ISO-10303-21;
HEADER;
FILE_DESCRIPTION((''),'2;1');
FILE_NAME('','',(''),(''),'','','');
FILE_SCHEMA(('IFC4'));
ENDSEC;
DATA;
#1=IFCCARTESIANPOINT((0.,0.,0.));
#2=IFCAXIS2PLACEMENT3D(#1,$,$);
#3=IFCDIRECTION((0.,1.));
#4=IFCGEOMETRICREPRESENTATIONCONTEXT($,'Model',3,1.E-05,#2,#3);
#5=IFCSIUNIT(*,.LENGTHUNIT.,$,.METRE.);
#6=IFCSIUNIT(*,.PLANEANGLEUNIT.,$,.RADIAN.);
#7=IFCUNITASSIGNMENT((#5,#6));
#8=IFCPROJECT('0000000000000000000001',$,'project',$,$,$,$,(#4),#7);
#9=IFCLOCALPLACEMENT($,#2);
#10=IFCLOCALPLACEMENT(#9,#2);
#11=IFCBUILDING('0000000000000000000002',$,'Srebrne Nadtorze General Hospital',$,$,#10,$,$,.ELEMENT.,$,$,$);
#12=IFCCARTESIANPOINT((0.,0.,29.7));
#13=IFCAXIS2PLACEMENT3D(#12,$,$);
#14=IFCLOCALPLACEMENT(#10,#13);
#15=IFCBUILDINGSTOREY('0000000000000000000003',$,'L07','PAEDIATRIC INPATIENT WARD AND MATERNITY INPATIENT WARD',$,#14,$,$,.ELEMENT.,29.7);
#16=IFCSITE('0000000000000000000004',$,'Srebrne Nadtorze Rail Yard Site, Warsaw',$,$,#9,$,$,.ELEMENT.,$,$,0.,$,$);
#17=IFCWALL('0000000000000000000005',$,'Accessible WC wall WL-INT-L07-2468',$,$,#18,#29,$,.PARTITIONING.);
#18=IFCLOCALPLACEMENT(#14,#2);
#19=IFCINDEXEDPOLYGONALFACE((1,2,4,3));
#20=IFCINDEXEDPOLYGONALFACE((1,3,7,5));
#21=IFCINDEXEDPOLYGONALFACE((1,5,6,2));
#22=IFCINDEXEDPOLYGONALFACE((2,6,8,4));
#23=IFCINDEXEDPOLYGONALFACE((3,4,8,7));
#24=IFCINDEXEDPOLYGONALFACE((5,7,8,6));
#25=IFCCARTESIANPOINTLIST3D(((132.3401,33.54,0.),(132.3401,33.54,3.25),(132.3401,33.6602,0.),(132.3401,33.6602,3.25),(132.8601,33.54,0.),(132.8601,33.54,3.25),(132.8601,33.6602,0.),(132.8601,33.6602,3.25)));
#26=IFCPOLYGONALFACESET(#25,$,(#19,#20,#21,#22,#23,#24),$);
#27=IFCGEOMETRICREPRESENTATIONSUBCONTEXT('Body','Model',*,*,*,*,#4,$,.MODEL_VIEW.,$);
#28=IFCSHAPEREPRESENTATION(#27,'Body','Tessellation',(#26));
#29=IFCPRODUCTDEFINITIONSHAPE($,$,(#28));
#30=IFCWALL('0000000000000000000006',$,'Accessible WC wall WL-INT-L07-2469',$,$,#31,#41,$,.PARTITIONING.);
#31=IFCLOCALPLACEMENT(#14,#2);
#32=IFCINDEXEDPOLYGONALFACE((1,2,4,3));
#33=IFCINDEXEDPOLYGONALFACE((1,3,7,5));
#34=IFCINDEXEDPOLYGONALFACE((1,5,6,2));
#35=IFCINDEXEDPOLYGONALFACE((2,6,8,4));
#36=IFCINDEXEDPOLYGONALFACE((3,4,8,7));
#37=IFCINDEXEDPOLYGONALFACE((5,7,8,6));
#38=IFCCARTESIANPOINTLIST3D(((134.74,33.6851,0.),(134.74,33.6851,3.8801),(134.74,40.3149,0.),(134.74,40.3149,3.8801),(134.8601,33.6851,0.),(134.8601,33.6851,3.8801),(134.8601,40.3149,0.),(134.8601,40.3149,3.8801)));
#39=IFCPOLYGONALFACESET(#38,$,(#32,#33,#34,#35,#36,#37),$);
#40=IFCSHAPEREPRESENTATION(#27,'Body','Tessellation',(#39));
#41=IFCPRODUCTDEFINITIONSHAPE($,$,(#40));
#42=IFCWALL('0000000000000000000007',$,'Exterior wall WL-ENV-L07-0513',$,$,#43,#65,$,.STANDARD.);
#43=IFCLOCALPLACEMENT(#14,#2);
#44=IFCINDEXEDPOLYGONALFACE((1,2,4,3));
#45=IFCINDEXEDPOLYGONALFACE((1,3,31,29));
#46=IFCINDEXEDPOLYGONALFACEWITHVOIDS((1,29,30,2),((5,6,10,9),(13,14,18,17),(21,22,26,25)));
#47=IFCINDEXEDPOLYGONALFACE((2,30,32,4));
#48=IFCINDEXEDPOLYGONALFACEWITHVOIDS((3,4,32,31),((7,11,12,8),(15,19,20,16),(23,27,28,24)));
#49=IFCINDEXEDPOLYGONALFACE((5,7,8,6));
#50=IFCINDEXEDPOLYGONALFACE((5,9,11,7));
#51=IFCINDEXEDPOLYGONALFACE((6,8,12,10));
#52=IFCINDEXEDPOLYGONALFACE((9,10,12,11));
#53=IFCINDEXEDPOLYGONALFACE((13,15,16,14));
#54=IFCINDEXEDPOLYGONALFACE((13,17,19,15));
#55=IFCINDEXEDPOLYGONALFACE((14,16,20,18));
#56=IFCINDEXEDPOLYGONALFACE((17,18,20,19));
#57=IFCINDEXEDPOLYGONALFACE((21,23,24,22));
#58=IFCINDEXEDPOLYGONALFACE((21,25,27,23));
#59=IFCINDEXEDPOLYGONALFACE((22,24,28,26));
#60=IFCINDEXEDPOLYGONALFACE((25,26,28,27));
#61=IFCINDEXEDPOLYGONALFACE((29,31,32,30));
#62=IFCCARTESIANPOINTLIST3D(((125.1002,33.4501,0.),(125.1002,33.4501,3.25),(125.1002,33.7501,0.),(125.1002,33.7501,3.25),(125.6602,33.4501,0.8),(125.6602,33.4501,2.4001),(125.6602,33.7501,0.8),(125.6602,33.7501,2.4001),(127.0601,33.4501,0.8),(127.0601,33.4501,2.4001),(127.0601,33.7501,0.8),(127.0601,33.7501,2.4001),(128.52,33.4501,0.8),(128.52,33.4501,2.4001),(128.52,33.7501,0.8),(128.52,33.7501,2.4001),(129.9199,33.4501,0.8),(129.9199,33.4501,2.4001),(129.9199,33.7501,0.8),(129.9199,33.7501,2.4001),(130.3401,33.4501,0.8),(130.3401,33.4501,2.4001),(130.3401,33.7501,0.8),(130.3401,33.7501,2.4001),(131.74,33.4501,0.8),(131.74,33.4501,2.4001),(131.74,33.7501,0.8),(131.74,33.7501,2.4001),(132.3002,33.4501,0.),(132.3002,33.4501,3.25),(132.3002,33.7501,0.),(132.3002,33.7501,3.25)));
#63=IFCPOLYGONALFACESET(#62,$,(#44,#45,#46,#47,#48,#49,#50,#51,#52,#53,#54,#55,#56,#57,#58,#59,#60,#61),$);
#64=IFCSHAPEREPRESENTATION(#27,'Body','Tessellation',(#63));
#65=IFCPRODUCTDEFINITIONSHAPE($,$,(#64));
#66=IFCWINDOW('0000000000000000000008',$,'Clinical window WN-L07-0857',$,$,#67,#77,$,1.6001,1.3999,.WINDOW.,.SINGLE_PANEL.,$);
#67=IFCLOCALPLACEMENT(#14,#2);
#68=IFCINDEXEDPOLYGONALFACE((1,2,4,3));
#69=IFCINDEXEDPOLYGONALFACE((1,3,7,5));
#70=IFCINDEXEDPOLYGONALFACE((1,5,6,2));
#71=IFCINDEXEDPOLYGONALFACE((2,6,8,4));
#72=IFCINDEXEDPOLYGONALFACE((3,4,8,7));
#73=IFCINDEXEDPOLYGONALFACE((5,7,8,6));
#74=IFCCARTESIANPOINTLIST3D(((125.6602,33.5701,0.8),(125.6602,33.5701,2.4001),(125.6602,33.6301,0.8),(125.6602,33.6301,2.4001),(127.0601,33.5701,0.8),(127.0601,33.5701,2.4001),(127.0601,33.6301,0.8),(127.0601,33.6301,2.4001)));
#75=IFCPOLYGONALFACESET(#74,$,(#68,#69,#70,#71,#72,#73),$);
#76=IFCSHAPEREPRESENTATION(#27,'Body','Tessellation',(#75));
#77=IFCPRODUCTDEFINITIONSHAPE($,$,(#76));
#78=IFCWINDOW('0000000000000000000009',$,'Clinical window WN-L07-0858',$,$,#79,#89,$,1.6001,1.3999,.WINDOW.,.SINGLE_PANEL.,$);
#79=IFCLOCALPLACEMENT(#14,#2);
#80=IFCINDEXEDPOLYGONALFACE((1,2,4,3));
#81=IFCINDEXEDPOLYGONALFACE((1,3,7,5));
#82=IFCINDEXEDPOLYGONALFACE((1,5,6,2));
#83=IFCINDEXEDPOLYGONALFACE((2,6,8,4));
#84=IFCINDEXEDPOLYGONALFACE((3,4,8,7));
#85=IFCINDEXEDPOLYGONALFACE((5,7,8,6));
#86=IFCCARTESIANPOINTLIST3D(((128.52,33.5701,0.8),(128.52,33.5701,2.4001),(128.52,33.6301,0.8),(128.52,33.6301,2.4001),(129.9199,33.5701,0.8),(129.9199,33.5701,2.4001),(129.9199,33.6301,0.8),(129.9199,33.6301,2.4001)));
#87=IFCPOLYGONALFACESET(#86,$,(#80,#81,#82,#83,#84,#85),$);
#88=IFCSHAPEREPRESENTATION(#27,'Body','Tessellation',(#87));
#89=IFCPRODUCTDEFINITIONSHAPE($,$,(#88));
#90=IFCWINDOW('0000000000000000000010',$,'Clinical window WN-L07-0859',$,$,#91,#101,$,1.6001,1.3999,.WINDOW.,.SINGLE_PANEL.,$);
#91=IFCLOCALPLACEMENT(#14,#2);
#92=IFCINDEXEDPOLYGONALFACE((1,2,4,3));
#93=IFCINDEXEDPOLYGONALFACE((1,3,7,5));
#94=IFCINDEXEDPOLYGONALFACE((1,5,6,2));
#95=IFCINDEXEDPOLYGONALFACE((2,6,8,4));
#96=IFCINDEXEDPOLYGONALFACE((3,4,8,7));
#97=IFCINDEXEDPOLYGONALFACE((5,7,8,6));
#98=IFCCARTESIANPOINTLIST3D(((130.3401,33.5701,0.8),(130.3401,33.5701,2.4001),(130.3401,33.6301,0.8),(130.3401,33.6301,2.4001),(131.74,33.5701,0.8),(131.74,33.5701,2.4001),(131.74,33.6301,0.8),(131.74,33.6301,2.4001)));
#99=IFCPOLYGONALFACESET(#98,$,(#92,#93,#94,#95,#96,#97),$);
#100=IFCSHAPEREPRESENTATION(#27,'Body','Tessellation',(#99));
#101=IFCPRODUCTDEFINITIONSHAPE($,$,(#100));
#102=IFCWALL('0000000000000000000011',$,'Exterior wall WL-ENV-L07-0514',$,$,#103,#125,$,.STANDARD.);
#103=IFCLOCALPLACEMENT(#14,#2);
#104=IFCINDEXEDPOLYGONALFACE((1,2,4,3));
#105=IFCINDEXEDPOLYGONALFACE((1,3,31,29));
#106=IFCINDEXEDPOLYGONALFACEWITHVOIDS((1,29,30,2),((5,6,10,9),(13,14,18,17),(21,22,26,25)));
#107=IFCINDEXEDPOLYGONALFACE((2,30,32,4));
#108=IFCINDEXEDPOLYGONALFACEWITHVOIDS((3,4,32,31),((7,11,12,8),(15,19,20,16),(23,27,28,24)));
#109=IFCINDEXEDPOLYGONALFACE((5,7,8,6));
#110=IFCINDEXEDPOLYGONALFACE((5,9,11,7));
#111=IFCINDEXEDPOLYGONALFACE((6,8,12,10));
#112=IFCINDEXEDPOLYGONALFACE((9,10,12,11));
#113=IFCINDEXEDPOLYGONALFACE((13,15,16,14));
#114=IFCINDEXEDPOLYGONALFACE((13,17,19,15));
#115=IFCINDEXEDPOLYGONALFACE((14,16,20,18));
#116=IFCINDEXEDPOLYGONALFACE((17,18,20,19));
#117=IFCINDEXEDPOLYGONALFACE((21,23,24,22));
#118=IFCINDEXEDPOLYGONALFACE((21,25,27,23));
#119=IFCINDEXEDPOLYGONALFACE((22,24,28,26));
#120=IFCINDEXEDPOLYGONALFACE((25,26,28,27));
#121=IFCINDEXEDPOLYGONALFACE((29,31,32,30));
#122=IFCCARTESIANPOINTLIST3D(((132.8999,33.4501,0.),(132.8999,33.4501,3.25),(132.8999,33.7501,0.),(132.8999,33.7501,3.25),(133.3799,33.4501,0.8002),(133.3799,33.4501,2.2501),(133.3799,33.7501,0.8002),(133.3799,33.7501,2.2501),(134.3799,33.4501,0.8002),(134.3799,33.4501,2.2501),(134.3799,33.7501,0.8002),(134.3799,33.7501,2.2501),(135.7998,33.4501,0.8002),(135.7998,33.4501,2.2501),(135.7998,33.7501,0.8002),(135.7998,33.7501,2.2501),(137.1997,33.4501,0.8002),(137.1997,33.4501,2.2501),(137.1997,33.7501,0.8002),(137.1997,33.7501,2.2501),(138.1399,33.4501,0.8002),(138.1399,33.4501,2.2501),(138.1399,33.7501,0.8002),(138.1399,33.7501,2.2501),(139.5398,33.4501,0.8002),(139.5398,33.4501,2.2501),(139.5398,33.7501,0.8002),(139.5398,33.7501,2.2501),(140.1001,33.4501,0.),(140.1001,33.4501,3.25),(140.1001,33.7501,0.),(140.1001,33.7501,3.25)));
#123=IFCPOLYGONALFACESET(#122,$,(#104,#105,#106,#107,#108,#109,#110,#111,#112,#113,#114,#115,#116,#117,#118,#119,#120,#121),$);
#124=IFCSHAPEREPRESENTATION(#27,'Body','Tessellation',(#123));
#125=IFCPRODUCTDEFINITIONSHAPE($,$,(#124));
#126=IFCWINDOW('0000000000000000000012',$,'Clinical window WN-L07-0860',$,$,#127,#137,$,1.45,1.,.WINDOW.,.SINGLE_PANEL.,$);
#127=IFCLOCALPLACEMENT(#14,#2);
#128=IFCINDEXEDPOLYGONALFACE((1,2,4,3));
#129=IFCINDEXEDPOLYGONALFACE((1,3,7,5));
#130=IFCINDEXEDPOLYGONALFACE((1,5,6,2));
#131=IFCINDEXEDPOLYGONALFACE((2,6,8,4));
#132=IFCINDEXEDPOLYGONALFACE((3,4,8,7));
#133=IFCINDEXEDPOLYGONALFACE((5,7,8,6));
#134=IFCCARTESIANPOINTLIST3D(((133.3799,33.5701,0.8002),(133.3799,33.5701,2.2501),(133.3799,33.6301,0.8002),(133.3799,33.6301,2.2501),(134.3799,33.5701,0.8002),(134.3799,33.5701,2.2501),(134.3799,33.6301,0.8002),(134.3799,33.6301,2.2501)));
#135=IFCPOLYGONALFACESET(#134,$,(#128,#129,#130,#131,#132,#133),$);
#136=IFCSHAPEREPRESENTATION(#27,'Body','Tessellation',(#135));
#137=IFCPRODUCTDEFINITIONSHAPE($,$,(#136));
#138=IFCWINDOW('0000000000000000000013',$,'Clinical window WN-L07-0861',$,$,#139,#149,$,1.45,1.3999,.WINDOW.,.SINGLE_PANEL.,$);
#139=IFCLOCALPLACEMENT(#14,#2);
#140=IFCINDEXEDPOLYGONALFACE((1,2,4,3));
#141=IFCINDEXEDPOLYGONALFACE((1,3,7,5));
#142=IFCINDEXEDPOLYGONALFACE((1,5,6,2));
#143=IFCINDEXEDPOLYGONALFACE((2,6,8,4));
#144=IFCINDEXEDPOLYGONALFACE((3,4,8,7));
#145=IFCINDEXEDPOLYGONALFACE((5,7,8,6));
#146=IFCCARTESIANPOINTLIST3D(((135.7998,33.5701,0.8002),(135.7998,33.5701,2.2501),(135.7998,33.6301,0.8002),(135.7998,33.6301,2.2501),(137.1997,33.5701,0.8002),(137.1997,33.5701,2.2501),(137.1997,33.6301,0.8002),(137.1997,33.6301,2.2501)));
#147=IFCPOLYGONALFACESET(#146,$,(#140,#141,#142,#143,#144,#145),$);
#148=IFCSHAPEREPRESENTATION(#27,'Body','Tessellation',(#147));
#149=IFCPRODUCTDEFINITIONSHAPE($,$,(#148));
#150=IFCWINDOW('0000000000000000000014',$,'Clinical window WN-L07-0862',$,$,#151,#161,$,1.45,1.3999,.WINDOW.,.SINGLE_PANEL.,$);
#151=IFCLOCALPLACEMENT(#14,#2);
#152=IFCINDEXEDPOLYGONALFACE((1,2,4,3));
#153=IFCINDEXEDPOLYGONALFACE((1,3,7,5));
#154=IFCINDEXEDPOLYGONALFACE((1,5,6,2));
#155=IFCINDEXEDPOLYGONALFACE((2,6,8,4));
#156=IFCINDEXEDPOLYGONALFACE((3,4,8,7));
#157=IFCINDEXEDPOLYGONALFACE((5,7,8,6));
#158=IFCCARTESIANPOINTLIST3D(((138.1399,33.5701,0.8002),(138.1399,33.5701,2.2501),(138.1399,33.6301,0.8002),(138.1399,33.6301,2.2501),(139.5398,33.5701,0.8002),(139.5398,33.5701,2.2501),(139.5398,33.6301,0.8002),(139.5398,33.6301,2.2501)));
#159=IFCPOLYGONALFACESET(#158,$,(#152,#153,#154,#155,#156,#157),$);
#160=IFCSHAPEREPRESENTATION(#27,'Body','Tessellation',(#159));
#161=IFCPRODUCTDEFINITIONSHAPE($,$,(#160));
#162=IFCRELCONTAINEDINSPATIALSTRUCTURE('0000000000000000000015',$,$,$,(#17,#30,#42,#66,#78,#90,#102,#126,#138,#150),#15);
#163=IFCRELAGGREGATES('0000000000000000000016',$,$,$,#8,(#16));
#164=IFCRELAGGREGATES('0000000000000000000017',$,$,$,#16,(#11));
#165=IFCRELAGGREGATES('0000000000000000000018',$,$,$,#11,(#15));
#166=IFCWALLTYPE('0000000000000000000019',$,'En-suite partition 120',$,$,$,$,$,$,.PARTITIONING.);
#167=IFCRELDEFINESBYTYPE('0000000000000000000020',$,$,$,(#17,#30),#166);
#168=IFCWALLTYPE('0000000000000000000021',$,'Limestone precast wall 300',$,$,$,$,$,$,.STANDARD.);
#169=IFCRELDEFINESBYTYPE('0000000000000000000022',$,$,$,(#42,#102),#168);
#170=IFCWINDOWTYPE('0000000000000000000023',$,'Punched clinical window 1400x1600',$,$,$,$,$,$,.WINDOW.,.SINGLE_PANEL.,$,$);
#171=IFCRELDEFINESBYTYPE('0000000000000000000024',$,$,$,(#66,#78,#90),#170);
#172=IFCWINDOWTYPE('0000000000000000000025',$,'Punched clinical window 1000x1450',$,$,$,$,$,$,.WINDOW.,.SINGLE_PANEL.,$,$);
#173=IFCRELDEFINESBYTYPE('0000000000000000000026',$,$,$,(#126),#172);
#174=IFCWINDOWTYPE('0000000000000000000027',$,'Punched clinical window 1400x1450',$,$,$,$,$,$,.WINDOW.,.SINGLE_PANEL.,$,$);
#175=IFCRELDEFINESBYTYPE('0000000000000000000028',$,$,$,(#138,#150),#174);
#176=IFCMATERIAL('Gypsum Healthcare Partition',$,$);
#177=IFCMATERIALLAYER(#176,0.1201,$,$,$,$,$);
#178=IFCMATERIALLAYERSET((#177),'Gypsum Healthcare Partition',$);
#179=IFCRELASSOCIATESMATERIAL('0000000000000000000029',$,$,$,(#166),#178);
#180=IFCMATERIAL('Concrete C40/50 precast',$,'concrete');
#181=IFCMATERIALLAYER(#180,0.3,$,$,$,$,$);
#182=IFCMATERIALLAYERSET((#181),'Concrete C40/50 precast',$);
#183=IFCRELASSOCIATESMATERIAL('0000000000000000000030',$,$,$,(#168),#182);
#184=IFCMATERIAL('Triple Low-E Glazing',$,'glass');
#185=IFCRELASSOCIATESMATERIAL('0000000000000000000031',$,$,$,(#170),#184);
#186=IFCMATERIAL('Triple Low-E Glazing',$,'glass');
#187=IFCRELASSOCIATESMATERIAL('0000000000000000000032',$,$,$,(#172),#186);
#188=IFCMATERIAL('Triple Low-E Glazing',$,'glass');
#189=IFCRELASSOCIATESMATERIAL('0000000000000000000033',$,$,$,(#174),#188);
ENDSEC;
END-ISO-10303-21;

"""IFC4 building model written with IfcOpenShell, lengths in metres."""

from ifc_helpers import new_model, si_unit, direction, frame, frame_2d, origin, place, context, subcontext, project, spatial, rectangle, extrude, material, layer, layer_set, type_object, element, fill, save


model = new_model("IFC4")

# Units and contexts
model_context = context("Model", 3, precision=1e-05, world=origin(), true_north=direction((0.0, 1.0)))
body_context = subcontext(model_context, "Body", "Model", "MODEL_VIEW")
ifc_project = project(units=[si_unit("LENGTHUNIT", "METRE"), si_unit("PLANEANGLEUNIT", "RADIAN")], contexts=[model_context])

# Site, building, storey
site_placement = place(None, origin())
site = spatial("IfcSite", under=ifc_project, at=site_placement, Name="Srebrne Nadtorze Rail Yard Site, Warsaw", CompositionType="ELEMENT", RefElevation=0.0)
building_placement = place(site_placement, origin())
building = spatial("IfcBuilding", under=site, at=building_placement, Name="Srebrne Nadtorze General Hospital", CompositionType="ELEMENT")
storey_placement = place(building_placement, frame((0.0, 0.0, 29.7)))
storey = spatial("IfcBuildingStorey", under=building, at=storey_placement, Name="L07", Description="PAEDIATRIC INPATIENT WARD AND MATERNITY INPATIENT WARD", CompositionType="ELEMENT", Elevation=29.7)

# Shared definitions
ifc_material_1 = material(Name="Gypsum Healthcare Partition")
ifc_layer_1 = layer(ifc_material_1, 0.1201)
ifc_layer_set_1 = layer_set([ifc_layer_1], Name="Gypsum Healthcare Partition")
wall_type_1 = type_object("IfcWallType", Name="En-suite partition 120", PredefinedType="PARTITIONING", material=ifc_layer_set_1)

# Walls
wall_1_placement = place(storey_placement, frame((132.3401, 33.6001, 0.0), z_axis=(0.0, 0.0, 1.0), x_axis=(1.0, 0.0, 0.0)))
element("IfcWall", 1, at=wall_1_placement, inside=storey, type_object=wall_type_1, Name="Accessible WC wall WL-INT-L07-2468", PredefinedType="PARTITIONING", context=body_context, shape_type="SweptSolid", body=[
    extrude(rectangle(XDim=0.52, YDim=0.1201, at=frame_2d((0.26, 0.0))), origin(), (0.0, 0.0, 1.0), 3.25),
])
wall_2_placement = place(storey_placement, frame((134.8, 33.6851, 0.0), z_axis=(0.0, 0.0, 1.0), x_axis=(0.0, 1.0, 0.0)))
element("IfcWall", 2, at=wall_2_placement, inside=storey, type_object=wall_type_1, Name="Accessible WC wall WL-INT-L07-2469", PredefinedType="PARTITIONING", context=body_context, shape_type="SweptSolid", body=[
    extrude(rectangle(XDim=6.6299, YDim=0.1201, at=frame_2d((3.3149, 0.0))), origin(), (0.0, 0.0, 1.0), 3.8801),
])

# Walls, openings, windows
ifc_material_2 = material(Name="Concrete C40/50 precast", Category="concrete")
ifc_layer_2 = layer(ifc_material_2, 0.3)
ifc_layer_set_2 = layer_set([ifc_layer_2], Name="Concrete C40/50 precast")
wall_type_2 = type_object("IfcWallType", Name="Limestone precast wall 300", PredefinedType="STANDARD", material=ifc_layer_set_2)
wall_3_placement = place(storey_placement, frame((125.1001, 33.6001, 0.0), z_axis=(0.0, 0.0, 1.0), x_axis=(1.0, 0.0, 0.0)))
wall_3 = element("IfcWall", 3, at=wall_3_placement, inside=storey, type_object=wall_type_2, Name="Exterior wall WL-ENV-L07-0513", PredefinedType="STANDARD", context=body_context, shape_type="SweptSolid", body=[
    extrude(rectangle(XDim=7.2, YDim=0.3, at=frame_2d((3.6001, 0.0))), origin(), (0.0, 0.0, 1.0), 3.25),
])
opening_1_placement = place(wall_3_placement, frame((0.5601, 0.0, 0.8)))
opening_1 = element("IfcOpeningElement", 4, at=opening_1_placement, cuts=wall_3, PredefinedType="OPENING", context=body_context, shape_type="SweptSolid", body=[
    extrude(rectangle(XDim=1.3999, YDim=1.6001, at=frame_2d((0.7, 0.8))), frame((0.0, 0.1621, 0.0), z_axis=(0.0, -1.0, 0.0), x_axis=(1.0, 0.0, 0.0)), (0.0, 0.0, 1.0), 0.324),
])
opening_2_placement = place(wall_3_placement, frame((3.4199, 0.0, 0.8)))
opening_2 = element("IfcOpeningElement", 5, at=opening_2_placement, cuts=wall_3, PredefinedType="OPENING", context=body_context, shape_type="SweptSolid", body=[
    extrude(rectangle(XDim=1.3999, YDim=1.6001, at=frame_2d((0.7, 0.8))), frame((0.0, 0.1621, 0.0), z_axis=(0.0, -1.0, 0.0), x_axis=(1.0, 0.0, 0.0)), (0.0, 0.0, 1.0), 0.324),
])
opening_3_placement = place(wall_3_placement, frame((5.24, 0.0, 0.8)))
opening_3 = element("IfcOpeningElement", 6, at=opening_3_placement, cuts=wall_3, PredefinedType="OPENING", context=body_context, shape_type="SweptSolid", body=[
    extrude(rectangle(XDim=1.3999, YDim=1.6001, at=frame_2d((0.7, 0.8))), frame((0.0, 0.1621, 0.0), z_axis=(0.0, -1.0, 0.0), x_axis=(1.0, 0.0, 0.0)), (0.0, 0.0, 1.0), 0.324),
])
ifc_material_3 = material(Name="Triple Low-E Glazing", Category="glass")
window_type_1 = type_object("IfcWindowType", Name="Punched clinical window 1400x1600", PartitioningType="SINGLE_PANEL", PredefinedType="WINDOW", material=ifc_material_3)
window_1_placement = place(opening_1_placement, origin())
window_1 = element("IfcWindow", 7, at=window_1_placement, inside=storey, type_object=window_type_1, Name="Clinical window WN-L07-0857", OverallHeight=1.6001, OverallWidth=1.3999, PartitioningType="SINGLE_PANEL", PredefinedType="WINDOW", context=body_context, shape_type="SweptSolid", body=[
    extrude(rectangle(XDim=1.3999, YDim=1.6001, at=frame_2d((0.7, 0.8))), frame((0.0, 0.03, 0.0), z_axis=(0.0, -1.0, 0.0), x_axis=(1.0, 0.0, 0.0)), (0.0, 0.0, 1.0), 0.0601),
])
fill(opening_1, window_1)
window_2_placement = place(opening_2_placement, origin())
window_2 = element("IfcWindow", 8, at=window_2_placement, inside=storey, type_object=window_type_1, Name="Clinical window WN-L07-0858", OverallHeight=1.6001, OverallWidth=1.3999, PartitioningType="SINGLE_PANEL", PredefinedType="WINDOW", context=body_context, shape_type="SweptSolid", body=[
    extrude(rectangle(XDim=1.3999, YDim=1.6001, at=frame_2d((0.7, 0.8))), frame((0.0, 0.03, 0.0), z_axis=(0.0, -1.0, 0.0), x_axis=(1.0, 0.0, 0.0)), (0.0, 0.0, 1.0), 0.0601),
])
fill(opening_2, window_2)
window_3_placement = place(opening_3_placement, origin())
window_3 = element("IfcWindow", 9, at=window_3_placement, inside=storey, type_object=window_type_1, Name="Clinical window WN-L07-0859", OverallHeight=1.6001, OverallWidth=1.3999, PartitioningType="SINGLE_PANEL", PredefinedType="WINDOW", context=body_context, shape_type="SweptSolid", body=[
    extrude(rectangle(XDim=1.3999, YDim=1.6001, at=frame_2d((0.7, 0.8))), frame((0.0, 0.03, 0.0), z_axis=(0.0, -1.0, 0.0), x_axis=(1.0, 0.0, 0.0)), (0.0, 0.0, 1.0), 0.0601),
])
fill(opening_3, window_3)
wall_4_placement = place(storey_placement, frame((132.8999, 33.6001, 0.0), z_axis=(0.0, 0.0, 1.0), x_axis=(1.0, 0.0, 0.0)))
wall_4 = element("IfcWall", 10, at=wall_4_placement, inside=storey, type_object=wall_type_2, Name="Exterior wall WL-ENV-L07-0514", PredefinedType="STANDARD", context=body_context, shape_type="SweptSolid", body=[
    extrude(rectangle(XDim=7.2002, YDim=0.3, at=frame_2d((3.6001, 0.0))), origin(), (0.0, 0.0, 1.0), 3.25),
])
opening_4_placement = place(wall_4_placement, frame((0.48, 0.0, 0.8)))
opening_4 = element("IfcOpeningElement", 11, at=opening_4_placement, cuts=wall_4, PredefinedType="OPENING", context=body_context, shape_type="SweptSolid", body=[
    extrude(rectangle(XDim=1.0, YDim=1.45, at=frame_2d((0.5, 0.7251))), frame((0.0, 0.1621, 0.0), z_axis=(0.0, -1.0, 0.0), x_axis=(1.0, 0.0, 0.0)), (0.0, 0.0, 1.0), 0.324),
])
opening_5_placement = place(wall_4_placement, frame((2.8999, 0.0, 0.8)))
opening_5 = element("IfcOpeningElement", 12, at=opening_5_placement, cuts=wall_4, PredefinedType="OPENING", context=body_context, shape_type="SweptSolid", body=[
    extrude(rectangle(XDim=1.3999, YDim=1.45, at=frame_2d((0.7, 0.7251))), frame((0.0, 0.1621, 0.0), z_axis=(0.0, -1.0, 0.0), x_axis=(1.0, 0.0, 0.0)), (0.0, 0.0, 1.0), 0.324),
])
opening_6_placement = place(wall_4_placement, frame((5.24, 0.0, 0.8)))
opening_6 = element("IfcOpeningElement", 13, at=opening_6_placement, cuts=wall_4, PredefinedType="OPENING", context=body_context, shape_type="SweptSolid", body=[
    extrude(rectangle(XDim=1.3999, YDim=1.45, at=frame_2d((0.7, 0.7251))), frame((0.0, 0.1621, 0.0), z_axis=(0.0, -1.0, 0.0), x_axis=(1.0, 0.0, 0.0)), (0.0, 0.0, 1.0), 0.324),
])
ifc_material_4 = material(Name="Triple Low-E Glazing", Category="glass")
window_type_2 = type_object("IfcWindowType", Name="Punched clinical window 1000x1450", PartitioningType="SINGLE_PANEL", PredefinedType="WINDOW", material=ifc_material_4)
window_4_placement = place(opening_4_placement, origin())
window_4 = element("IfcWindow", 14, at=window_4_placement, inside=storey, type_object=window_type_2, Name="Clinical window WN-L07-0860", OverallHeight=1.45, OverallWidth=1.0, PartitioningType="SINGLE_PANEL", PredefinedType="WINDOW", context=body_context, shape_type="SweptSolid", body=[
    extrude(rectangle(XDim=1.0, YDim=1.45, at=frame_2d((0.5, 0.7251))), frame((0.0, 0.03, 0.0), z_axis=(0.0, -1.0, 0.0), x_axis=(1.0, 0.0, 0.0)), (0.0, 0.0, 1.0), 0.0601),
])
fill(opening_4, window_4)
ifc_material_5 = material(Name="Triple Low-E Glazing", Category="glass")
window_type_3 = type_object("IfcWindowType", Name="Punched clinical window 1400x1450", PartitioningType="SINGLE_PANEL", PredefinedType="WINDOW", material=ifc_material_5)
window_5_placement = place(opening_5_placement, origin())
window_5 = element("IfcWindow", 15, at=window_5_placement, inside=storey, type_object=window_type_3, Name="Clinical window WN-L07-0861", OverallHeight=1.45, OverallWidth=1.3999, PartitioningType="SINGLE_PANEL", PredefinedType="WINDOW", context=body_context, shape_type="SweptSolid", body=[
    extrude(rectangle(XDim=1.3999, YDim=1.45, at=frame_2d((0.7, 0.7251))), frame((0.0, 0.03, 0.0), z_axis=(0.0, -1.0, 0.0), x_axis=(1.0, 0.0, 0.0)), (0.0, 0.0, 1.0), 0.0601),
])
fill(opening_5, window_5)
window_6_placement = place(opening_6_placement, origin())
window_6 = element("IfcWindow", 16, at=window_6_placement, inside=storey, type_object=window_type_3, Name="Clinical window WN-L07-0862", OverallHeight=1.45, OverallWidth=1.3999, PartitioningType="SINGLE_PANEL", PredefinedType="WINDOW", context=body_context, shape_type="SweptSolid", body=[
    extrude(rectangle(XDim=1.3999, YDim=1.45, at=frame_2d((0.7, 0.7251))), frame((0.0, 0.03, 0.0), z_axis=(0.0, -1.0, 0.0), x_axis=(1.0, 0.0, 0.0)), (0.0, 0.0, 1.0), 0.0601),
])
fill(opening_6, window_6)

save(model, "model.ifc")
